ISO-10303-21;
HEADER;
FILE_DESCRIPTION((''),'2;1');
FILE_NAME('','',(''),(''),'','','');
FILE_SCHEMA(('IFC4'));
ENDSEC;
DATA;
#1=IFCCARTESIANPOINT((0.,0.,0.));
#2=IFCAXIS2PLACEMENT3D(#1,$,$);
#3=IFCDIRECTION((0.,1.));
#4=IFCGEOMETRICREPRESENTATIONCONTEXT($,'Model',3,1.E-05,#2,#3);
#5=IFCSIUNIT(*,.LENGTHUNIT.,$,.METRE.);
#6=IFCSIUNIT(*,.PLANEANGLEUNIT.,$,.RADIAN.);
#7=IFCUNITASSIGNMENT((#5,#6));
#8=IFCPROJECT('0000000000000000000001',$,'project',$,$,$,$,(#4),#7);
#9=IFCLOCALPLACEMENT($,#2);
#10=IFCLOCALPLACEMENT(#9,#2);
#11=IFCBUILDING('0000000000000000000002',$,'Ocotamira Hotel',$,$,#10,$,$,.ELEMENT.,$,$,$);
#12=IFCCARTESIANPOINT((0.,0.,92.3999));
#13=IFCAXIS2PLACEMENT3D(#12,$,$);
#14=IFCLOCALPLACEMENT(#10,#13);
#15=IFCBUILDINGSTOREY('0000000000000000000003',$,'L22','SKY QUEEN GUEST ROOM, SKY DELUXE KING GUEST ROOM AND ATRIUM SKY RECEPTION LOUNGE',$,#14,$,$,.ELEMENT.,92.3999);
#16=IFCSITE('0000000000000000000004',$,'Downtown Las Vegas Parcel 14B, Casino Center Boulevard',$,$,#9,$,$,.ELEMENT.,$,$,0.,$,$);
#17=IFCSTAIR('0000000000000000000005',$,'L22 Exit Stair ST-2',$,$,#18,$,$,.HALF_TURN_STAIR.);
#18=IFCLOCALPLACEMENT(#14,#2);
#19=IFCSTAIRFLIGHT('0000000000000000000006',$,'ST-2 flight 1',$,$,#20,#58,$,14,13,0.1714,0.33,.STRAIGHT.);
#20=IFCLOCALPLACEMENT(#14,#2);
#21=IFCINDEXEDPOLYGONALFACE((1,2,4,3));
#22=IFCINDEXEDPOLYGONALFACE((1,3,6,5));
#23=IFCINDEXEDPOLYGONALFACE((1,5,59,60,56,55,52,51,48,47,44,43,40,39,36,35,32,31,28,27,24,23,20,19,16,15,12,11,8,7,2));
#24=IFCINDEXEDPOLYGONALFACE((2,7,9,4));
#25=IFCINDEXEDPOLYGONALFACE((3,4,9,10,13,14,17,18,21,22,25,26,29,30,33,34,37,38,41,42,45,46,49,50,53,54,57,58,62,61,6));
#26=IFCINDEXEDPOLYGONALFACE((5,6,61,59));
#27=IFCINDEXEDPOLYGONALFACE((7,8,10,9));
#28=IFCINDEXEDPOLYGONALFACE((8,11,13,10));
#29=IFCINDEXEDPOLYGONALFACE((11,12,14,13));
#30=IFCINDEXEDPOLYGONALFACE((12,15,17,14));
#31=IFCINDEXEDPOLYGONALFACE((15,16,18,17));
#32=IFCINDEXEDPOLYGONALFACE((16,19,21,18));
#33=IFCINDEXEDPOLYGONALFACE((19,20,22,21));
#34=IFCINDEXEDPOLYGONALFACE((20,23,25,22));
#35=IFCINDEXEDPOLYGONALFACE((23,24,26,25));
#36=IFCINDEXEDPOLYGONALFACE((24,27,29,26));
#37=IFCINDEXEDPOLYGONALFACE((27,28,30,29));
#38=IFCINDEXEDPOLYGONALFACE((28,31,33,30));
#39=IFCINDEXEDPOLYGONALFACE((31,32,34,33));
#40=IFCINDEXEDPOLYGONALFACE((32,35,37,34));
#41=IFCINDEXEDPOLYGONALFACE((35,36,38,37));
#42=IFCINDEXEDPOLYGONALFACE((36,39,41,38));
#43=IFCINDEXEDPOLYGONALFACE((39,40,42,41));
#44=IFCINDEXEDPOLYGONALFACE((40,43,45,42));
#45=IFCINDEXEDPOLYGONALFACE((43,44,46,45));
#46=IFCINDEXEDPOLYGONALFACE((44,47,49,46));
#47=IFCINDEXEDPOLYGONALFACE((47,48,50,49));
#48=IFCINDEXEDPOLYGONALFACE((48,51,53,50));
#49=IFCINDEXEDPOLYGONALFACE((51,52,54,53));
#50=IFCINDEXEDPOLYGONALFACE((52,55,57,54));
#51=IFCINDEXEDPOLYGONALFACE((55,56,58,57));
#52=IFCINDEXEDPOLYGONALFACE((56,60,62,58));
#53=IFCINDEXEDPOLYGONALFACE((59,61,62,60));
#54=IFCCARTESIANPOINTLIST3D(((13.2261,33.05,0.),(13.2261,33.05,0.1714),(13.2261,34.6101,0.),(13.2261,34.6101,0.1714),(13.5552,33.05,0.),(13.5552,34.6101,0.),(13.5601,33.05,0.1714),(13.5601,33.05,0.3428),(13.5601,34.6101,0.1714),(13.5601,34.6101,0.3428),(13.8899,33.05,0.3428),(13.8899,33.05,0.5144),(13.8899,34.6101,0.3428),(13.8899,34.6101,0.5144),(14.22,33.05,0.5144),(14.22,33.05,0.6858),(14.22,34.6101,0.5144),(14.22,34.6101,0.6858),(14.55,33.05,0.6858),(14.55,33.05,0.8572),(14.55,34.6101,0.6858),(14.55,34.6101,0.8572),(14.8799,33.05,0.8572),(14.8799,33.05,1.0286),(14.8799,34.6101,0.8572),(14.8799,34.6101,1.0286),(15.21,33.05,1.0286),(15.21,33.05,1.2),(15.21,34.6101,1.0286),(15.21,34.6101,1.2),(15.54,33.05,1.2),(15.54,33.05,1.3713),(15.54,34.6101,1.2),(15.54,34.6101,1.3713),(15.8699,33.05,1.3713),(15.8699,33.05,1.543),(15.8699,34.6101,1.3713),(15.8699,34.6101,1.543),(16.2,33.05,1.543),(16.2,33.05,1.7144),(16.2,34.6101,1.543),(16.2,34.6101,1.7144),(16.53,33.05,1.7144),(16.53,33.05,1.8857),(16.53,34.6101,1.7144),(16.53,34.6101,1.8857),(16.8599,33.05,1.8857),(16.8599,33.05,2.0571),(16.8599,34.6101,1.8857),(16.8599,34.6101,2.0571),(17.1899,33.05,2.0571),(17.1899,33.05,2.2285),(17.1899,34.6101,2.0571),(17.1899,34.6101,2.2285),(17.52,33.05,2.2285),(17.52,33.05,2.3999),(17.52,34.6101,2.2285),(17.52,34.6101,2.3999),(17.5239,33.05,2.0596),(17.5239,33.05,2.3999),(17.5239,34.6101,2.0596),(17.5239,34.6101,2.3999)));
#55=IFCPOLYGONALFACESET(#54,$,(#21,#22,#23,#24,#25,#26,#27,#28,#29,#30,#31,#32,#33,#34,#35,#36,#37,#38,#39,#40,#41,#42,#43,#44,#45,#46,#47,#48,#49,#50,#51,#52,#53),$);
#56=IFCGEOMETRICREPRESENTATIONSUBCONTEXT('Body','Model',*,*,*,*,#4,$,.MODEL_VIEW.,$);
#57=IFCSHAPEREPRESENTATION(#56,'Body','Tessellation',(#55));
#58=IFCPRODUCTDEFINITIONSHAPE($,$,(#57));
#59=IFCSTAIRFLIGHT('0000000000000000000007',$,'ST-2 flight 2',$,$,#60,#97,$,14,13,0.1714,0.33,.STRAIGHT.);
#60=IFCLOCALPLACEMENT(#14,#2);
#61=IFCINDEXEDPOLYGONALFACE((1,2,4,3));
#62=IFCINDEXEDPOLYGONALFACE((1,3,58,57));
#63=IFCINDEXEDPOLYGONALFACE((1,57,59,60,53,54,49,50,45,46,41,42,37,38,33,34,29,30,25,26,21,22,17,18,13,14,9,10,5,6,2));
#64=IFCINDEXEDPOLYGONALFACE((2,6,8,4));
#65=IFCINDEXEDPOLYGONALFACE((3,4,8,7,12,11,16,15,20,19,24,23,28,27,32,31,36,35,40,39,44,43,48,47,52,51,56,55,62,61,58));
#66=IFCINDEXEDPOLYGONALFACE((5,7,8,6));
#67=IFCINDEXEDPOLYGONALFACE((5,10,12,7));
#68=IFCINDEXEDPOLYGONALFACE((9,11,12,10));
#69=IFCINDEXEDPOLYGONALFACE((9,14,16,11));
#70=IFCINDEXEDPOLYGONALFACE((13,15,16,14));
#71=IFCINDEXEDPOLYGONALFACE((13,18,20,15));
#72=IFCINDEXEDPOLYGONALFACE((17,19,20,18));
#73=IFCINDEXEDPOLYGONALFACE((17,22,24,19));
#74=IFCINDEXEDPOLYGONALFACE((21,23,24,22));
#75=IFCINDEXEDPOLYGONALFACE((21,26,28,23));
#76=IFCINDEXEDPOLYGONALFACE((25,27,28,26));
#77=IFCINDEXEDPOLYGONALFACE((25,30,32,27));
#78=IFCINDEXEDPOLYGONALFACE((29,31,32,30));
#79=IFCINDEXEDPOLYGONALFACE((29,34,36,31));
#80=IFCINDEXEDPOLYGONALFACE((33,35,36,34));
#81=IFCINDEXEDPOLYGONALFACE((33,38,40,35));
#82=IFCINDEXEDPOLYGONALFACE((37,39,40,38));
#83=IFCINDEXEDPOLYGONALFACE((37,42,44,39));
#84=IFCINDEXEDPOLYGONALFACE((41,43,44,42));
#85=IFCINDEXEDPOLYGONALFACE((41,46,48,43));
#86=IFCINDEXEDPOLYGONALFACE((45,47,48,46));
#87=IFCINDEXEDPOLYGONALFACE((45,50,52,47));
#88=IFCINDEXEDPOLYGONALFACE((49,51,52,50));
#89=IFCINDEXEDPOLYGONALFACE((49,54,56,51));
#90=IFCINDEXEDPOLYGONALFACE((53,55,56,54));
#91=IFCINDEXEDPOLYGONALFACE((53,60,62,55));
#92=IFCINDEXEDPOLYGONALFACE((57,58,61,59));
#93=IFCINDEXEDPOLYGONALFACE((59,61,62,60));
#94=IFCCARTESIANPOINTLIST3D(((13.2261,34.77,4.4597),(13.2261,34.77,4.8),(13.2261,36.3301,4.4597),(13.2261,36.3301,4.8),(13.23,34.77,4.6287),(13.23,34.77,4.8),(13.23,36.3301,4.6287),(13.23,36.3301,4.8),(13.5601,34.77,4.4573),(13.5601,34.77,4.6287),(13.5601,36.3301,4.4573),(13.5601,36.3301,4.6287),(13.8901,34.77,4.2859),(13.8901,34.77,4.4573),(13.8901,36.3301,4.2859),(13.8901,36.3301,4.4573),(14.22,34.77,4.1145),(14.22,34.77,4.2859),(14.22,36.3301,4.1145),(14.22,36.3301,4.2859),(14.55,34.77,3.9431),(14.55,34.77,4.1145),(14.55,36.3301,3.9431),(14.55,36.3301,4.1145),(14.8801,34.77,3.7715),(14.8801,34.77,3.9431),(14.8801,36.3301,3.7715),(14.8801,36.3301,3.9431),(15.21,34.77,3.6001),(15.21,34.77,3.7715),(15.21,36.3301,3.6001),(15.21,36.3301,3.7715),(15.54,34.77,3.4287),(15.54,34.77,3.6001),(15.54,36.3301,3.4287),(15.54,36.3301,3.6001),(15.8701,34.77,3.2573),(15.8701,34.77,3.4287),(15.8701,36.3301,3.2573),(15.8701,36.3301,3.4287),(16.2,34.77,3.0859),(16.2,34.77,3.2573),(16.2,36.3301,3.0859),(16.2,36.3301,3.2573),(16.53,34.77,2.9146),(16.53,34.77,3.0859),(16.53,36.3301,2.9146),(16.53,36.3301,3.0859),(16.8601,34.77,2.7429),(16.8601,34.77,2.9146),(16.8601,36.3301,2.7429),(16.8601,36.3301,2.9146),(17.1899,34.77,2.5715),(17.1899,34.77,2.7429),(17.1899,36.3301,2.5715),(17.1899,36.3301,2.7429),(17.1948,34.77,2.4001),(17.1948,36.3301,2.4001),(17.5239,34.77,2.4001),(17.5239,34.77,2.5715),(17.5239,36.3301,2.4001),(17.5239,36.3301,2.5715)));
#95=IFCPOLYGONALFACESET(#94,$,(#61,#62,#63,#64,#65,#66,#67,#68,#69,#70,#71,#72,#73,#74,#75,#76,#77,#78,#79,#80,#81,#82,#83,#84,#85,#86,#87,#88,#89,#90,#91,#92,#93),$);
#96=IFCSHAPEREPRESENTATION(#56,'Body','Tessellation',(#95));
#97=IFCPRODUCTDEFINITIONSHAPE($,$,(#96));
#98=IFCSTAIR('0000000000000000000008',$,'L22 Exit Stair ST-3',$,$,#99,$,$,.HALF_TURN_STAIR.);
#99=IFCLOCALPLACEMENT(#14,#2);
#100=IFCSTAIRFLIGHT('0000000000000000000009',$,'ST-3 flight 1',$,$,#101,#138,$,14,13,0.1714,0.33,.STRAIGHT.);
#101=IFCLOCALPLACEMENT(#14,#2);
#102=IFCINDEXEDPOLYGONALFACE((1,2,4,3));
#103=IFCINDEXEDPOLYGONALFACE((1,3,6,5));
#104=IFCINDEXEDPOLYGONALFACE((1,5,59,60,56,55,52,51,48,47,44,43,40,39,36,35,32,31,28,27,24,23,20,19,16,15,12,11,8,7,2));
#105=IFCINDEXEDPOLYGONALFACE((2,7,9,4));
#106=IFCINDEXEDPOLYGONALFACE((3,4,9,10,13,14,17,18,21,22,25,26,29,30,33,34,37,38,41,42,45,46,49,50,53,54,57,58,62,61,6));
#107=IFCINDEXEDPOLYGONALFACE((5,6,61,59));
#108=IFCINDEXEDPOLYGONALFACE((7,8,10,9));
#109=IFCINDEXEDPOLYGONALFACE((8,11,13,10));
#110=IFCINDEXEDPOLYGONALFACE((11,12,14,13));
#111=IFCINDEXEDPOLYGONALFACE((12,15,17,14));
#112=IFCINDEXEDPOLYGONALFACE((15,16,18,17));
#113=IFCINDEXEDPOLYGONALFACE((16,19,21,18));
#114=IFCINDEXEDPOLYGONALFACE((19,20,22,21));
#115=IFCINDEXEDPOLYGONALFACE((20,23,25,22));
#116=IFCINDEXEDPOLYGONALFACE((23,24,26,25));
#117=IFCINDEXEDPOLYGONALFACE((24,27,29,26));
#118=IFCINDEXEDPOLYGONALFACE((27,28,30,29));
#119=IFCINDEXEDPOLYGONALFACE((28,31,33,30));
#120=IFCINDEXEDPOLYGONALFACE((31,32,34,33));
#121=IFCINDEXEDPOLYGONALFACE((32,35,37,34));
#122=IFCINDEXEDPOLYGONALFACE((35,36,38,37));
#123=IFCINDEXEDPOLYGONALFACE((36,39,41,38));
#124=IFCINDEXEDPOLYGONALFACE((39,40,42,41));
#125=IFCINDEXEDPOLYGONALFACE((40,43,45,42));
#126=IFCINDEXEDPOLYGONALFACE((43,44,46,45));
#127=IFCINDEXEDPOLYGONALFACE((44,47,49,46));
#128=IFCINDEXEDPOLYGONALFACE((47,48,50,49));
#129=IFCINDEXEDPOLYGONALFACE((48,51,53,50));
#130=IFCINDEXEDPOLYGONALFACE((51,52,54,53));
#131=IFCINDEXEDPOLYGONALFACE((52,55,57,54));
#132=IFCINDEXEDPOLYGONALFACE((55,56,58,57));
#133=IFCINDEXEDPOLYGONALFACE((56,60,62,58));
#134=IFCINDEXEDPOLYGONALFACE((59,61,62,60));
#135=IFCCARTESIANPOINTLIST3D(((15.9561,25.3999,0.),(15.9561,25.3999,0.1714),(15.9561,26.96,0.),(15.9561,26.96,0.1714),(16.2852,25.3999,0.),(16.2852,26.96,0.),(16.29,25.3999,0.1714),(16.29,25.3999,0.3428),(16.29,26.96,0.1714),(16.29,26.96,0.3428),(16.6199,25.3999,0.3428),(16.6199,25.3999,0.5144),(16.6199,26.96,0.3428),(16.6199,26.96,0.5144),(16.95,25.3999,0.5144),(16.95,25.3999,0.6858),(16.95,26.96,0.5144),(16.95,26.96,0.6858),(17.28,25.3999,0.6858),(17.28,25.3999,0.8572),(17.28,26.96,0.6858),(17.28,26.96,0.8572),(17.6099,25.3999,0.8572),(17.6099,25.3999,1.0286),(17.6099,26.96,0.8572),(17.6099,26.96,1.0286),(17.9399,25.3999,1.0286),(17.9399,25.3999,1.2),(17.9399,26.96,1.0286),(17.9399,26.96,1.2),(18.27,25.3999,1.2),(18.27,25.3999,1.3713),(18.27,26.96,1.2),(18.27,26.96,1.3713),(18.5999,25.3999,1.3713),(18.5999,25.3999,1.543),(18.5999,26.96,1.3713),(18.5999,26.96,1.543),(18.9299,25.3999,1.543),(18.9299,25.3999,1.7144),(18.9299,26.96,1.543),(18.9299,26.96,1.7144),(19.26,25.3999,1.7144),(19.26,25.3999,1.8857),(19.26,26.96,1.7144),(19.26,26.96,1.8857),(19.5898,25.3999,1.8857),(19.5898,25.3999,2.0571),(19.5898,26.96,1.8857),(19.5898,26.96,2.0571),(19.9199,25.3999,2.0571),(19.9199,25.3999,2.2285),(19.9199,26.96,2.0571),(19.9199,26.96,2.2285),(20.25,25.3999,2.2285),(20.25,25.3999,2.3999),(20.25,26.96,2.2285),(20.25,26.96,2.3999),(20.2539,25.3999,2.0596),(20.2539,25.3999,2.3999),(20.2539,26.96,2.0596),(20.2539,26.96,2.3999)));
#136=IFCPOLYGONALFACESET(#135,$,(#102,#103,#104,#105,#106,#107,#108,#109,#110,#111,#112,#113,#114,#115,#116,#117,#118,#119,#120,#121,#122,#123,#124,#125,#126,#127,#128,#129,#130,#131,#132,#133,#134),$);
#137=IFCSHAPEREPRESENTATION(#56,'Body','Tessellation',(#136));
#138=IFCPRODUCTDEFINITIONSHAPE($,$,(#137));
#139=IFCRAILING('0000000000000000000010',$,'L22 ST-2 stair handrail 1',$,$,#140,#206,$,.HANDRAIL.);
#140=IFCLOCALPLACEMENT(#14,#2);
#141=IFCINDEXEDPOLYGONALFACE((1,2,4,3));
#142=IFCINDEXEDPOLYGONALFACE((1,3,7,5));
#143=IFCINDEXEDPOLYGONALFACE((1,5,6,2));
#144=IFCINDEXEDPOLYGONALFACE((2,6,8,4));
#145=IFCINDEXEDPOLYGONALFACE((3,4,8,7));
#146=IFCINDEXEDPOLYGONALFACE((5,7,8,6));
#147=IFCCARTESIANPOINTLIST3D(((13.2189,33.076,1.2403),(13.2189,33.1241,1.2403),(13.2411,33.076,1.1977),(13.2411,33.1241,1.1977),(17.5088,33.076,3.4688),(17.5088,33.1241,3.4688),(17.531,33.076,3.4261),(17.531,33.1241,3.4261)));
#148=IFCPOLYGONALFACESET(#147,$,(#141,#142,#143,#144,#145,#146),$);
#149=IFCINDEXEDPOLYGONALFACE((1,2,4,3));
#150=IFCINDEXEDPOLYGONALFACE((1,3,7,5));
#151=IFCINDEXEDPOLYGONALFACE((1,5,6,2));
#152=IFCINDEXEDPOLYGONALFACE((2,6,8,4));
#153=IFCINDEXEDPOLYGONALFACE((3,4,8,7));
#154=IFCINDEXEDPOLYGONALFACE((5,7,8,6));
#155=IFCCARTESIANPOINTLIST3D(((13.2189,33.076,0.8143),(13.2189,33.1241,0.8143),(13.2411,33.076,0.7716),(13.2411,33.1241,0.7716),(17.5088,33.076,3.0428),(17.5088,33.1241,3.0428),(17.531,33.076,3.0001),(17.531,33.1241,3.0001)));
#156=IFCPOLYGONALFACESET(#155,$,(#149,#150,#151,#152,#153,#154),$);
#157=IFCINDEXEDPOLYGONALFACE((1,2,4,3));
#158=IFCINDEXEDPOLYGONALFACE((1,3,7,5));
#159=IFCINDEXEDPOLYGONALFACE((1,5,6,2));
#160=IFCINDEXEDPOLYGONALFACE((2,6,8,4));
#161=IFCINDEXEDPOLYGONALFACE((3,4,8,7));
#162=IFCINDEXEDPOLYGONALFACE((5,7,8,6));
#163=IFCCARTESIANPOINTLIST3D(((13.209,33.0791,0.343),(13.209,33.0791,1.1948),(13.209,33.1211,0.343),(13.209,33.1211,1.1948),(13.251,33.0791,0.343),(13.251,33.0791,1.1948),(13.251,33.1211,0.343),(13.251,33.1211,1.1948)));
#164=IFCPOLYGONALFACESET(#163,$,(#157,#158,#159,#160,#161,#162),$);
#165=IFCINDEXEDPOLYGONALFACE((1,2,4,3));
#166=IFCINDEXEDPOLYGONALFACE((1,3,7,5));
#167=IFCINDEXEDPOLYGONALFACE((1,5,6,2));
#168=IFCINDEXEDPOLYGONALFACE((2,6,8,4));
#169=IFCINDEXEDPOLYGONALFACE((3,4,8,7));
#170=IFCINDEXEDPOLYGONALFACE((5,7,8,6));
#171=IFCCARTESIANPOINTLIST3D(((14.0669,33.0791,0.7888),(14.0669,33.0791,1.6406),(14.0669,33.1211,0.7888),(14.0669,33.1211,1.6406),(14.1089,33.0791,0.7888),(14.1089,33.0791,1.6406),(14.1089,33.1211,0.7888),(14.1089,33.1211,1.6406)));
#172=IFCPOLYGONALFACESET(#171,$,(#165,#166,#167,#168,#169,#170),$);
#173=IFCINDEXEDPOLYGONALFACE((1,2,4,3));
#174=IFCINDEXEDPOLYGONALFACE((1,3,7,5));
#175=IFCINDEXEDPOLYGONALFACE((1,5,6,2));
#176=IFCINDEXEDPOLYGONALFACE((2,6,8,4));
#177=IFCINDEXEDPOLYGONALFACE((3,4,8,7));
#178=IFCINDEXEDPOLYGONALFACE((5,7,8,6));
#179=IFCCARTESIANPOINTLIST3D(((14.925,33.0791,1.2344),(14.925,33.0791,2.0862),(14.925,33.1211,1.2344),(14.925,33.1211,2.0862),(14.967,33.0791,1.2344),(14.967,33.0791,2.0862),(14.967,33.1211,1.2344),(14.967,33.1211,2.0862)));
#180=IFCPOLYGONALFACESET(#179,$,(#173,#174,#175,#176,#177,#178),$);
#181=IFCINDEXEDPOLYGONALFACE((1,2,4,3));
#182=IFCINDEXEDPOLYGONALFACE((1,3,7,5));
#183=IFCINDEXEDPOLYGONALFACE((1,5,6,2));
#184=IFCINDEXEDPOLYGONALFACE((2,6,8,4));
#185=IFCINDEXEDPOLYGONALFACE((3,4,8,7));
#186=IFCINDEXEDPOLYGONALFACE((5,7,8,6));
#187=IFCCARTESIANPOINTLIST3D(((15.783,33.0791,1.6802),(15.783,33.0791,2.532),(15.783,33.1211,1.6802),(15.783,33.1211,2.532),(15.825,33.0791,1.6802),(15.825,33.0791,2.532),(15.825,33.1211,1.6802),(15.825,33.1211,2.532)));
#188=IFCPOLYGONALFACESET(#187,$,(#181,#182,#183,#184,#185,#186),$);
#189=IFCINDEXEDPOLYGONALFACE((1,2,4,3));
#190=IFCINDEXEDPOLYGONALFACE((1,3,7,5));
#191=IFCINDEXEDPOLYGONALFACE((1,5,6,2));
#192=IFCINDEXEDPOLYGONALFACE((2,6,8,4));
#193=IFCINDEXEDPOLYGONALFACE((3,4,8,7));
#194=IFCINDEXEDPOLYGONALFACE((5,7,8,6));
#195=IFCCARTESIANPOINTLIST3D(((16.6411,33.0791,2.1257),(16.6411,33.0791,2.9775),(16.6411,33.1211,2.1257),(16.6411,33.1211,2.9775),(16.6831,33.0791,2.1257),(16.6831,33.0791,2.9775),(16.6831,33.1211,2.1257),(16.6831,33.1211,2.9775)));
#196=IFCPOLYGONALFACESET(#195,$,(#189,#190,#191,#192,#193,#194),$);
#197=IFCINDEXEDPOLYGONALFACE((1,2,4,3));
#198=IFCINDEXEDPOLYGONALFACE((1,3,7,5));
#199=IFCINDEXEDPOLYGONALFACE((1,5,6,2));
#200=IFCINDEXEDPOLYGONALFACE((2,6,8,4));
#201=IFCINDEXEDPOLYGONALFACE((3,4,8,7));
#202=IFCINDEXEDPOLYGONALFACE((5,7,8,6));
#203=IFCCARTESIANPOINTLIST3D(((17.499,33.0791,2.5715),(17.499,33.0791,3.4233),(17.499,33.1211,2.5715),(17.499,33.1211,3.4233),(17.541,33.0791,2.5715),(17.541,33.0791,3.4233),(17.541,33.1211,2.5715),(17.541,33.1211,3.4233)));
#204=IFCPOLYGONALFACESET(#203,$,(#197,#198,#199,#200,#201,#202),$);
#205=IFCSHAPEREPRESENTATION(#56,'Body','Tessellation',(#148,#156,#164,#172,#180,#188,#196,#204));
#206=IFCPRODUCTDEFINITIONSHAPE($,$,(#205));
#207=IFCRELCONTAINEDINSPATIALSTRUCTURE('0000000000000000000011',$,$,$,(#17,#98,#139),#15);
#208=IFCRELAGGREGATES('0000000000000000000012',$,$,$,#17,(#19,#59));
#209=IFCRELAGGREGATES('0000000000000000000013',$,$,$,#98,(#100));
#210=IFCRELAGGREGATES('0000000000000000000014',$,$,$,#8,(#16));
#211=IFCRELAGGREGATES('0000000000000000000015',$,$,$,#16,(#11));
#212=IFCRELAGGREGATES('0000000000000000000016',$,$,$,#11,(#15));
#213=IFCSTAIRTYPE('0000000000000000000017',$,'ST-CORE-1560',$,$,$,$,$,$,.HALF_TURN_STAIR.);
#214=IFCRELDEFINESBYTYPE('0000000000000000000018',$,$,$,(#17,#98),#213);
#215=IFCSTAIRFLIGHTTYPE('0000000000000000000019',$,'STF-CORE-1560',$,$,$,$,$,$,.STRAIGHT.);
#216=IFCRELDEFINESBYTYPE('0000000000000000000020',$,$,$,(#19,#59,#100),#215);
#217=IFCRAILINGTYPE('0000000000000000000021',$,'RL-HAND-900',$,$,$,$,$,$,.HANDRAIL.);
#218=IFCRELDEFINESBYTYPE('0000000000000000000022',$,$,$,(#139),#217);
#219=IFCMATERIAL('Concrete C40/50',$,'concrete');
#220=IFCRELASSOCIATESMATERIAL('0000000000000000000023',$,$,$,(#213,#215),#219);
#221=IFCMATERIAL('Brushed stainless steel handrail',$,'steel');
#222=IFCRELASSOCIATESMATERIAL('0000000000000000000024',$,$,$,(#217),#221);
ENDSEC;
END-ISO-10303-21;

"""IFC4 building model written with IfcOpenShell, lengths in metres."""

from ifc_helpers import new_model, si_unit, direction, frame, origin, origin_2d, place, context, subcontext, project, spatial, polyline, rectangle, outline, extrude, source, transform, mapped, material, type_object, element, aggregate, save


model = new_model("IFC4")

# Units and contexts
model_context = context("Model", 3, precision=1e-05, world=origin(), true_north=direction((0.0, 1.0)))
body_context = subcontext(model_context, "Body", "Model", "MODEL_VIEW")
ifc_project = project(units=[si_unit("LENGTHUNIT", "METRE"), si_unit("PLANEANGLEUNIT", "RADIAN")], contexts=[model_context])

# Site, building, storey
site_placement = place(None, origin())
site = spatial("IfcSite", under=ifc_project, at=site_placement, Name="Downtown Las Vegas Parcel 14B, Casino Center Boulevard", CompositionType="ELEMENT", RefElevation=0.0)
building_placement = place(site_placement, origin())
building = spatial("IfcBuilding", under=site, at=building_placement, Name="Ocotamira Hotel", CompositionType="ELEMENT")
storey_placement = place(building_placement, frame((0.0, 0.0, 92.3999)))
storey = spatial("IfcBuildingStorey", under=building, at=storey_placement, Name="L22", Description="SKY QUEEN GUEST ROOM, SKY DELUXE KING GUEST ROOM AND ATRIUM SKY RECEPTION LOUNGE", CompositionType="ELEMENT", Elevation=92.3999)

# Stair, stair flights
ifc_material_1 = material(Name="Concrete C40/50", Category="concrete")
stair_type = type_object("IfcStairType", Name="ST-CORE-1560", PredefinedType="HALF_TURN_STAIR", material=ifc_material_1)
stair_1_placement = place(storey_placement, origin())
stair_1 = element("IfcStair", 1, at=stair_1_placement, inside=storey, type_object=stair_type, Name="L22 Exit Stair ST-2", PredefinedType="HALF_TURN_STAIR")
stair_flight_type = type_object("IfcStairFlightType", Name="STF-CORE-1560", PredefinedType="STRAIGHT", material=ifc_material_1)
shared_shape_1 = source(origin(), body_context, "Body", "SweptSolid", [
    extrude(outline(polyline([(-0.0039, 0.0), (-0.0039, 0.1714), (0.3301, 0.1714), (0.3301, 0.3428), (0.6599, 0.3428), (0.6599, 0.5144), (0.99, 0.5144), (0.99, 0.6858), (1.3201, 0.6858), (1.3201, 0.8572), (1.6499, 0.8572), (1.6499, 1.0286), (1.98, 1.0286), (1.98, 1.2), (2.3101, 1.2), (2.3101, 1.3713), (2.6399, 1.3713), (2.6399, 1.543), (2.97, 1.543), (2.97, 1.7144), (3.3, 1.7144), (3.3, 1.8857), (3.6299, 1.8857), (3.6299, 2.0571), (3.96, 2.0571), (3.96, 2.2285), (4.29, 2.2285), (4.29, 2.3999), (4.2939, 2.3999), (4.2939, 2.0596), (0.3252, 0.0), (-0.0039, 0.0)])), frame((0.0, 0.78, 0.0), z_axis=(0.0, -1.0, 0.0), x_axis=(1.0, 0.0, 0.0)), (0.0, 0.0, 1.0), 1.5601),
])
stair_flight_1_placement = place(storey_placement, frame((13.23, 33.8301, 0.0), z_axis=(0.0, 0.0, 1.0), x_axis=(1.0, 0.0, 0.0)))
stair_flight_1 = element("IfcStairFlight", 2, at=stair_flight_1_placement, type_object=stair_flight_type, Name="ST-2 flight 1", NumberOfRisers=14, NumberOfTreads=13, PredefinedType="STRAIGHT", RiserHeight=0.1714, TreadLength=0.33, context=body_context, shape_type="MappedRepresentation", body=[
    mapped(shared_shape_1, transform((0.0, 0.0, 0.0), scale=1.0)),
])
stair_flight_2_placement = place(storey_placement, frame((17.52, 35.55, 2.4001), z_axis=(0.0, 0.0, 1.0), x_axis=(-1.0, 0.0, 0.0)))
stair_flight_2 = element("IfcStairFlight", 3, at=stair_flight_2_placement, type_object=stair_flight_type, Name="ST-2 flight 2", NumberOfRisers=14, NumberOfTreads=13, PredefinedType="STRAIGHT", RiserHeight=0.1714, TreadLength=0.33, context=body_context, shape_type="MappedRepresentation", body=[
    mapped(shared_shape_1, transform((0.0, 0.0, 0.0), scale=1.0)),
])
aggregate(stair_1, [stair_flight_1, stair_flight_2])

# Stair, stair flight
stair_2_placement = place(storey_placement, origin())
stair_2 = element("IfcStair", 4, at=stair_2_placement, inside=storey, type_object=stair_type, Name="L22 Exit Stair ST-3", PredefinedType="HALF_TURN_STAIR")
stair_flight_3_placement = place(storey_placement, frame((15.96, 26.1799, 0.0), z_axis=(0.0, 0.0, 1.0), x_axis=(1.0, 0.0, 0.0)))
stair_flight_3 = element("IfcStairFlight", 5, at=stair_flight_3_placement, type_object=stair_flight_type, Name="ST-3 flight 1", NumberOfRisers=14, NumberOfTreads=13, PredefinedType="STRAIGHT", RiserHeight=0.1714, TreadLength=0.33, context=body_context, shape_type="MappedRepresentation", body=[
    mapped(shared_shape_1, transform((0.0, 0.0, 0.0), scale=1.0)),
])
aggregate(stair_2, [stair_flight_3])

# Railing
ifc_material_2 = material(Name="Brushed stainless steel handrail", Category="steel")
railing_type_1 = type_object("IfcRailingType", Name="RL-HAND-900", PredefinedType="HANDRAIL", material=ifc_material_2)
railing_1_placement = place(storey_placement, frame((13.23, 33.1001, 0.343)))
element("IfcRailing", 6, at=railing_1_placement, inside=storey, type_object=railing_type_1, Name="L22 ST-2 stair handrail 1", PredefinedType="HANDRAIL", context=body_context, shape_type="SweptSolid", body=[
    extrude(rectangle(XDim=0.0481, YDim=0.0481, at=origin_2d()), frame((0.0, 0.0, 0.876), z_axis=(0.887412, 0.0, 0.460977), x_axis=(0.0, 1.0, 0.0)), (0.0, 0.0, 1.0), 4.8342),
    extrude(rectangle(XDim=0.0481, YDim=0.0481, at=origin_2d()), frame((0.0, 0.0, 0.45), z_axis=(0.887412, 0.0, 0.460977), x_axis=(0.0, 1.0, 0.0)), (0.0, 0.0, 1.0), 4.8342),
    extrude(rectangle(XDim=0.042, YDim=0.042, at=origin_2d()), origin(), (0.0, 0.0, 1.0), 0.8518),
    extrude(rectangle(XDim=0.042, YDim=0.042, at=origin_2d()), frame((0.8579, 0.0, 0.4458)), (0.0, 0.0, 1.0), 0.8518),
    extrude(rectangle(XDim=0.042, YDim=0.042, at=origin_2d()), frame((1.7161, 0.0, 0.8914)), (0.0, 0.0, 1.0), 0.8518),
    extrude(rectangle(XDim=0.042, YDim=0.042, at=origin_2d()), frame((2.574, 0.0, 1.3372)), (0.0, 0.0, 1.0), 0.8518),
    extrude(rectangle(XDim=0.042, YDim=0.042, at=origin_2d()), frame((3.4321, 0.0, 1.7827)), (0.0, 0.0, 1.0), 0.8518),
    extrude(rectangle(XDim=0.042, YDim=0.042, at=origin_2d()), frame((4.29, 0.0, 2.2285)), (0.0, 0.0, 1.0), 0.8518),
])

save(model, "model.ifc")
